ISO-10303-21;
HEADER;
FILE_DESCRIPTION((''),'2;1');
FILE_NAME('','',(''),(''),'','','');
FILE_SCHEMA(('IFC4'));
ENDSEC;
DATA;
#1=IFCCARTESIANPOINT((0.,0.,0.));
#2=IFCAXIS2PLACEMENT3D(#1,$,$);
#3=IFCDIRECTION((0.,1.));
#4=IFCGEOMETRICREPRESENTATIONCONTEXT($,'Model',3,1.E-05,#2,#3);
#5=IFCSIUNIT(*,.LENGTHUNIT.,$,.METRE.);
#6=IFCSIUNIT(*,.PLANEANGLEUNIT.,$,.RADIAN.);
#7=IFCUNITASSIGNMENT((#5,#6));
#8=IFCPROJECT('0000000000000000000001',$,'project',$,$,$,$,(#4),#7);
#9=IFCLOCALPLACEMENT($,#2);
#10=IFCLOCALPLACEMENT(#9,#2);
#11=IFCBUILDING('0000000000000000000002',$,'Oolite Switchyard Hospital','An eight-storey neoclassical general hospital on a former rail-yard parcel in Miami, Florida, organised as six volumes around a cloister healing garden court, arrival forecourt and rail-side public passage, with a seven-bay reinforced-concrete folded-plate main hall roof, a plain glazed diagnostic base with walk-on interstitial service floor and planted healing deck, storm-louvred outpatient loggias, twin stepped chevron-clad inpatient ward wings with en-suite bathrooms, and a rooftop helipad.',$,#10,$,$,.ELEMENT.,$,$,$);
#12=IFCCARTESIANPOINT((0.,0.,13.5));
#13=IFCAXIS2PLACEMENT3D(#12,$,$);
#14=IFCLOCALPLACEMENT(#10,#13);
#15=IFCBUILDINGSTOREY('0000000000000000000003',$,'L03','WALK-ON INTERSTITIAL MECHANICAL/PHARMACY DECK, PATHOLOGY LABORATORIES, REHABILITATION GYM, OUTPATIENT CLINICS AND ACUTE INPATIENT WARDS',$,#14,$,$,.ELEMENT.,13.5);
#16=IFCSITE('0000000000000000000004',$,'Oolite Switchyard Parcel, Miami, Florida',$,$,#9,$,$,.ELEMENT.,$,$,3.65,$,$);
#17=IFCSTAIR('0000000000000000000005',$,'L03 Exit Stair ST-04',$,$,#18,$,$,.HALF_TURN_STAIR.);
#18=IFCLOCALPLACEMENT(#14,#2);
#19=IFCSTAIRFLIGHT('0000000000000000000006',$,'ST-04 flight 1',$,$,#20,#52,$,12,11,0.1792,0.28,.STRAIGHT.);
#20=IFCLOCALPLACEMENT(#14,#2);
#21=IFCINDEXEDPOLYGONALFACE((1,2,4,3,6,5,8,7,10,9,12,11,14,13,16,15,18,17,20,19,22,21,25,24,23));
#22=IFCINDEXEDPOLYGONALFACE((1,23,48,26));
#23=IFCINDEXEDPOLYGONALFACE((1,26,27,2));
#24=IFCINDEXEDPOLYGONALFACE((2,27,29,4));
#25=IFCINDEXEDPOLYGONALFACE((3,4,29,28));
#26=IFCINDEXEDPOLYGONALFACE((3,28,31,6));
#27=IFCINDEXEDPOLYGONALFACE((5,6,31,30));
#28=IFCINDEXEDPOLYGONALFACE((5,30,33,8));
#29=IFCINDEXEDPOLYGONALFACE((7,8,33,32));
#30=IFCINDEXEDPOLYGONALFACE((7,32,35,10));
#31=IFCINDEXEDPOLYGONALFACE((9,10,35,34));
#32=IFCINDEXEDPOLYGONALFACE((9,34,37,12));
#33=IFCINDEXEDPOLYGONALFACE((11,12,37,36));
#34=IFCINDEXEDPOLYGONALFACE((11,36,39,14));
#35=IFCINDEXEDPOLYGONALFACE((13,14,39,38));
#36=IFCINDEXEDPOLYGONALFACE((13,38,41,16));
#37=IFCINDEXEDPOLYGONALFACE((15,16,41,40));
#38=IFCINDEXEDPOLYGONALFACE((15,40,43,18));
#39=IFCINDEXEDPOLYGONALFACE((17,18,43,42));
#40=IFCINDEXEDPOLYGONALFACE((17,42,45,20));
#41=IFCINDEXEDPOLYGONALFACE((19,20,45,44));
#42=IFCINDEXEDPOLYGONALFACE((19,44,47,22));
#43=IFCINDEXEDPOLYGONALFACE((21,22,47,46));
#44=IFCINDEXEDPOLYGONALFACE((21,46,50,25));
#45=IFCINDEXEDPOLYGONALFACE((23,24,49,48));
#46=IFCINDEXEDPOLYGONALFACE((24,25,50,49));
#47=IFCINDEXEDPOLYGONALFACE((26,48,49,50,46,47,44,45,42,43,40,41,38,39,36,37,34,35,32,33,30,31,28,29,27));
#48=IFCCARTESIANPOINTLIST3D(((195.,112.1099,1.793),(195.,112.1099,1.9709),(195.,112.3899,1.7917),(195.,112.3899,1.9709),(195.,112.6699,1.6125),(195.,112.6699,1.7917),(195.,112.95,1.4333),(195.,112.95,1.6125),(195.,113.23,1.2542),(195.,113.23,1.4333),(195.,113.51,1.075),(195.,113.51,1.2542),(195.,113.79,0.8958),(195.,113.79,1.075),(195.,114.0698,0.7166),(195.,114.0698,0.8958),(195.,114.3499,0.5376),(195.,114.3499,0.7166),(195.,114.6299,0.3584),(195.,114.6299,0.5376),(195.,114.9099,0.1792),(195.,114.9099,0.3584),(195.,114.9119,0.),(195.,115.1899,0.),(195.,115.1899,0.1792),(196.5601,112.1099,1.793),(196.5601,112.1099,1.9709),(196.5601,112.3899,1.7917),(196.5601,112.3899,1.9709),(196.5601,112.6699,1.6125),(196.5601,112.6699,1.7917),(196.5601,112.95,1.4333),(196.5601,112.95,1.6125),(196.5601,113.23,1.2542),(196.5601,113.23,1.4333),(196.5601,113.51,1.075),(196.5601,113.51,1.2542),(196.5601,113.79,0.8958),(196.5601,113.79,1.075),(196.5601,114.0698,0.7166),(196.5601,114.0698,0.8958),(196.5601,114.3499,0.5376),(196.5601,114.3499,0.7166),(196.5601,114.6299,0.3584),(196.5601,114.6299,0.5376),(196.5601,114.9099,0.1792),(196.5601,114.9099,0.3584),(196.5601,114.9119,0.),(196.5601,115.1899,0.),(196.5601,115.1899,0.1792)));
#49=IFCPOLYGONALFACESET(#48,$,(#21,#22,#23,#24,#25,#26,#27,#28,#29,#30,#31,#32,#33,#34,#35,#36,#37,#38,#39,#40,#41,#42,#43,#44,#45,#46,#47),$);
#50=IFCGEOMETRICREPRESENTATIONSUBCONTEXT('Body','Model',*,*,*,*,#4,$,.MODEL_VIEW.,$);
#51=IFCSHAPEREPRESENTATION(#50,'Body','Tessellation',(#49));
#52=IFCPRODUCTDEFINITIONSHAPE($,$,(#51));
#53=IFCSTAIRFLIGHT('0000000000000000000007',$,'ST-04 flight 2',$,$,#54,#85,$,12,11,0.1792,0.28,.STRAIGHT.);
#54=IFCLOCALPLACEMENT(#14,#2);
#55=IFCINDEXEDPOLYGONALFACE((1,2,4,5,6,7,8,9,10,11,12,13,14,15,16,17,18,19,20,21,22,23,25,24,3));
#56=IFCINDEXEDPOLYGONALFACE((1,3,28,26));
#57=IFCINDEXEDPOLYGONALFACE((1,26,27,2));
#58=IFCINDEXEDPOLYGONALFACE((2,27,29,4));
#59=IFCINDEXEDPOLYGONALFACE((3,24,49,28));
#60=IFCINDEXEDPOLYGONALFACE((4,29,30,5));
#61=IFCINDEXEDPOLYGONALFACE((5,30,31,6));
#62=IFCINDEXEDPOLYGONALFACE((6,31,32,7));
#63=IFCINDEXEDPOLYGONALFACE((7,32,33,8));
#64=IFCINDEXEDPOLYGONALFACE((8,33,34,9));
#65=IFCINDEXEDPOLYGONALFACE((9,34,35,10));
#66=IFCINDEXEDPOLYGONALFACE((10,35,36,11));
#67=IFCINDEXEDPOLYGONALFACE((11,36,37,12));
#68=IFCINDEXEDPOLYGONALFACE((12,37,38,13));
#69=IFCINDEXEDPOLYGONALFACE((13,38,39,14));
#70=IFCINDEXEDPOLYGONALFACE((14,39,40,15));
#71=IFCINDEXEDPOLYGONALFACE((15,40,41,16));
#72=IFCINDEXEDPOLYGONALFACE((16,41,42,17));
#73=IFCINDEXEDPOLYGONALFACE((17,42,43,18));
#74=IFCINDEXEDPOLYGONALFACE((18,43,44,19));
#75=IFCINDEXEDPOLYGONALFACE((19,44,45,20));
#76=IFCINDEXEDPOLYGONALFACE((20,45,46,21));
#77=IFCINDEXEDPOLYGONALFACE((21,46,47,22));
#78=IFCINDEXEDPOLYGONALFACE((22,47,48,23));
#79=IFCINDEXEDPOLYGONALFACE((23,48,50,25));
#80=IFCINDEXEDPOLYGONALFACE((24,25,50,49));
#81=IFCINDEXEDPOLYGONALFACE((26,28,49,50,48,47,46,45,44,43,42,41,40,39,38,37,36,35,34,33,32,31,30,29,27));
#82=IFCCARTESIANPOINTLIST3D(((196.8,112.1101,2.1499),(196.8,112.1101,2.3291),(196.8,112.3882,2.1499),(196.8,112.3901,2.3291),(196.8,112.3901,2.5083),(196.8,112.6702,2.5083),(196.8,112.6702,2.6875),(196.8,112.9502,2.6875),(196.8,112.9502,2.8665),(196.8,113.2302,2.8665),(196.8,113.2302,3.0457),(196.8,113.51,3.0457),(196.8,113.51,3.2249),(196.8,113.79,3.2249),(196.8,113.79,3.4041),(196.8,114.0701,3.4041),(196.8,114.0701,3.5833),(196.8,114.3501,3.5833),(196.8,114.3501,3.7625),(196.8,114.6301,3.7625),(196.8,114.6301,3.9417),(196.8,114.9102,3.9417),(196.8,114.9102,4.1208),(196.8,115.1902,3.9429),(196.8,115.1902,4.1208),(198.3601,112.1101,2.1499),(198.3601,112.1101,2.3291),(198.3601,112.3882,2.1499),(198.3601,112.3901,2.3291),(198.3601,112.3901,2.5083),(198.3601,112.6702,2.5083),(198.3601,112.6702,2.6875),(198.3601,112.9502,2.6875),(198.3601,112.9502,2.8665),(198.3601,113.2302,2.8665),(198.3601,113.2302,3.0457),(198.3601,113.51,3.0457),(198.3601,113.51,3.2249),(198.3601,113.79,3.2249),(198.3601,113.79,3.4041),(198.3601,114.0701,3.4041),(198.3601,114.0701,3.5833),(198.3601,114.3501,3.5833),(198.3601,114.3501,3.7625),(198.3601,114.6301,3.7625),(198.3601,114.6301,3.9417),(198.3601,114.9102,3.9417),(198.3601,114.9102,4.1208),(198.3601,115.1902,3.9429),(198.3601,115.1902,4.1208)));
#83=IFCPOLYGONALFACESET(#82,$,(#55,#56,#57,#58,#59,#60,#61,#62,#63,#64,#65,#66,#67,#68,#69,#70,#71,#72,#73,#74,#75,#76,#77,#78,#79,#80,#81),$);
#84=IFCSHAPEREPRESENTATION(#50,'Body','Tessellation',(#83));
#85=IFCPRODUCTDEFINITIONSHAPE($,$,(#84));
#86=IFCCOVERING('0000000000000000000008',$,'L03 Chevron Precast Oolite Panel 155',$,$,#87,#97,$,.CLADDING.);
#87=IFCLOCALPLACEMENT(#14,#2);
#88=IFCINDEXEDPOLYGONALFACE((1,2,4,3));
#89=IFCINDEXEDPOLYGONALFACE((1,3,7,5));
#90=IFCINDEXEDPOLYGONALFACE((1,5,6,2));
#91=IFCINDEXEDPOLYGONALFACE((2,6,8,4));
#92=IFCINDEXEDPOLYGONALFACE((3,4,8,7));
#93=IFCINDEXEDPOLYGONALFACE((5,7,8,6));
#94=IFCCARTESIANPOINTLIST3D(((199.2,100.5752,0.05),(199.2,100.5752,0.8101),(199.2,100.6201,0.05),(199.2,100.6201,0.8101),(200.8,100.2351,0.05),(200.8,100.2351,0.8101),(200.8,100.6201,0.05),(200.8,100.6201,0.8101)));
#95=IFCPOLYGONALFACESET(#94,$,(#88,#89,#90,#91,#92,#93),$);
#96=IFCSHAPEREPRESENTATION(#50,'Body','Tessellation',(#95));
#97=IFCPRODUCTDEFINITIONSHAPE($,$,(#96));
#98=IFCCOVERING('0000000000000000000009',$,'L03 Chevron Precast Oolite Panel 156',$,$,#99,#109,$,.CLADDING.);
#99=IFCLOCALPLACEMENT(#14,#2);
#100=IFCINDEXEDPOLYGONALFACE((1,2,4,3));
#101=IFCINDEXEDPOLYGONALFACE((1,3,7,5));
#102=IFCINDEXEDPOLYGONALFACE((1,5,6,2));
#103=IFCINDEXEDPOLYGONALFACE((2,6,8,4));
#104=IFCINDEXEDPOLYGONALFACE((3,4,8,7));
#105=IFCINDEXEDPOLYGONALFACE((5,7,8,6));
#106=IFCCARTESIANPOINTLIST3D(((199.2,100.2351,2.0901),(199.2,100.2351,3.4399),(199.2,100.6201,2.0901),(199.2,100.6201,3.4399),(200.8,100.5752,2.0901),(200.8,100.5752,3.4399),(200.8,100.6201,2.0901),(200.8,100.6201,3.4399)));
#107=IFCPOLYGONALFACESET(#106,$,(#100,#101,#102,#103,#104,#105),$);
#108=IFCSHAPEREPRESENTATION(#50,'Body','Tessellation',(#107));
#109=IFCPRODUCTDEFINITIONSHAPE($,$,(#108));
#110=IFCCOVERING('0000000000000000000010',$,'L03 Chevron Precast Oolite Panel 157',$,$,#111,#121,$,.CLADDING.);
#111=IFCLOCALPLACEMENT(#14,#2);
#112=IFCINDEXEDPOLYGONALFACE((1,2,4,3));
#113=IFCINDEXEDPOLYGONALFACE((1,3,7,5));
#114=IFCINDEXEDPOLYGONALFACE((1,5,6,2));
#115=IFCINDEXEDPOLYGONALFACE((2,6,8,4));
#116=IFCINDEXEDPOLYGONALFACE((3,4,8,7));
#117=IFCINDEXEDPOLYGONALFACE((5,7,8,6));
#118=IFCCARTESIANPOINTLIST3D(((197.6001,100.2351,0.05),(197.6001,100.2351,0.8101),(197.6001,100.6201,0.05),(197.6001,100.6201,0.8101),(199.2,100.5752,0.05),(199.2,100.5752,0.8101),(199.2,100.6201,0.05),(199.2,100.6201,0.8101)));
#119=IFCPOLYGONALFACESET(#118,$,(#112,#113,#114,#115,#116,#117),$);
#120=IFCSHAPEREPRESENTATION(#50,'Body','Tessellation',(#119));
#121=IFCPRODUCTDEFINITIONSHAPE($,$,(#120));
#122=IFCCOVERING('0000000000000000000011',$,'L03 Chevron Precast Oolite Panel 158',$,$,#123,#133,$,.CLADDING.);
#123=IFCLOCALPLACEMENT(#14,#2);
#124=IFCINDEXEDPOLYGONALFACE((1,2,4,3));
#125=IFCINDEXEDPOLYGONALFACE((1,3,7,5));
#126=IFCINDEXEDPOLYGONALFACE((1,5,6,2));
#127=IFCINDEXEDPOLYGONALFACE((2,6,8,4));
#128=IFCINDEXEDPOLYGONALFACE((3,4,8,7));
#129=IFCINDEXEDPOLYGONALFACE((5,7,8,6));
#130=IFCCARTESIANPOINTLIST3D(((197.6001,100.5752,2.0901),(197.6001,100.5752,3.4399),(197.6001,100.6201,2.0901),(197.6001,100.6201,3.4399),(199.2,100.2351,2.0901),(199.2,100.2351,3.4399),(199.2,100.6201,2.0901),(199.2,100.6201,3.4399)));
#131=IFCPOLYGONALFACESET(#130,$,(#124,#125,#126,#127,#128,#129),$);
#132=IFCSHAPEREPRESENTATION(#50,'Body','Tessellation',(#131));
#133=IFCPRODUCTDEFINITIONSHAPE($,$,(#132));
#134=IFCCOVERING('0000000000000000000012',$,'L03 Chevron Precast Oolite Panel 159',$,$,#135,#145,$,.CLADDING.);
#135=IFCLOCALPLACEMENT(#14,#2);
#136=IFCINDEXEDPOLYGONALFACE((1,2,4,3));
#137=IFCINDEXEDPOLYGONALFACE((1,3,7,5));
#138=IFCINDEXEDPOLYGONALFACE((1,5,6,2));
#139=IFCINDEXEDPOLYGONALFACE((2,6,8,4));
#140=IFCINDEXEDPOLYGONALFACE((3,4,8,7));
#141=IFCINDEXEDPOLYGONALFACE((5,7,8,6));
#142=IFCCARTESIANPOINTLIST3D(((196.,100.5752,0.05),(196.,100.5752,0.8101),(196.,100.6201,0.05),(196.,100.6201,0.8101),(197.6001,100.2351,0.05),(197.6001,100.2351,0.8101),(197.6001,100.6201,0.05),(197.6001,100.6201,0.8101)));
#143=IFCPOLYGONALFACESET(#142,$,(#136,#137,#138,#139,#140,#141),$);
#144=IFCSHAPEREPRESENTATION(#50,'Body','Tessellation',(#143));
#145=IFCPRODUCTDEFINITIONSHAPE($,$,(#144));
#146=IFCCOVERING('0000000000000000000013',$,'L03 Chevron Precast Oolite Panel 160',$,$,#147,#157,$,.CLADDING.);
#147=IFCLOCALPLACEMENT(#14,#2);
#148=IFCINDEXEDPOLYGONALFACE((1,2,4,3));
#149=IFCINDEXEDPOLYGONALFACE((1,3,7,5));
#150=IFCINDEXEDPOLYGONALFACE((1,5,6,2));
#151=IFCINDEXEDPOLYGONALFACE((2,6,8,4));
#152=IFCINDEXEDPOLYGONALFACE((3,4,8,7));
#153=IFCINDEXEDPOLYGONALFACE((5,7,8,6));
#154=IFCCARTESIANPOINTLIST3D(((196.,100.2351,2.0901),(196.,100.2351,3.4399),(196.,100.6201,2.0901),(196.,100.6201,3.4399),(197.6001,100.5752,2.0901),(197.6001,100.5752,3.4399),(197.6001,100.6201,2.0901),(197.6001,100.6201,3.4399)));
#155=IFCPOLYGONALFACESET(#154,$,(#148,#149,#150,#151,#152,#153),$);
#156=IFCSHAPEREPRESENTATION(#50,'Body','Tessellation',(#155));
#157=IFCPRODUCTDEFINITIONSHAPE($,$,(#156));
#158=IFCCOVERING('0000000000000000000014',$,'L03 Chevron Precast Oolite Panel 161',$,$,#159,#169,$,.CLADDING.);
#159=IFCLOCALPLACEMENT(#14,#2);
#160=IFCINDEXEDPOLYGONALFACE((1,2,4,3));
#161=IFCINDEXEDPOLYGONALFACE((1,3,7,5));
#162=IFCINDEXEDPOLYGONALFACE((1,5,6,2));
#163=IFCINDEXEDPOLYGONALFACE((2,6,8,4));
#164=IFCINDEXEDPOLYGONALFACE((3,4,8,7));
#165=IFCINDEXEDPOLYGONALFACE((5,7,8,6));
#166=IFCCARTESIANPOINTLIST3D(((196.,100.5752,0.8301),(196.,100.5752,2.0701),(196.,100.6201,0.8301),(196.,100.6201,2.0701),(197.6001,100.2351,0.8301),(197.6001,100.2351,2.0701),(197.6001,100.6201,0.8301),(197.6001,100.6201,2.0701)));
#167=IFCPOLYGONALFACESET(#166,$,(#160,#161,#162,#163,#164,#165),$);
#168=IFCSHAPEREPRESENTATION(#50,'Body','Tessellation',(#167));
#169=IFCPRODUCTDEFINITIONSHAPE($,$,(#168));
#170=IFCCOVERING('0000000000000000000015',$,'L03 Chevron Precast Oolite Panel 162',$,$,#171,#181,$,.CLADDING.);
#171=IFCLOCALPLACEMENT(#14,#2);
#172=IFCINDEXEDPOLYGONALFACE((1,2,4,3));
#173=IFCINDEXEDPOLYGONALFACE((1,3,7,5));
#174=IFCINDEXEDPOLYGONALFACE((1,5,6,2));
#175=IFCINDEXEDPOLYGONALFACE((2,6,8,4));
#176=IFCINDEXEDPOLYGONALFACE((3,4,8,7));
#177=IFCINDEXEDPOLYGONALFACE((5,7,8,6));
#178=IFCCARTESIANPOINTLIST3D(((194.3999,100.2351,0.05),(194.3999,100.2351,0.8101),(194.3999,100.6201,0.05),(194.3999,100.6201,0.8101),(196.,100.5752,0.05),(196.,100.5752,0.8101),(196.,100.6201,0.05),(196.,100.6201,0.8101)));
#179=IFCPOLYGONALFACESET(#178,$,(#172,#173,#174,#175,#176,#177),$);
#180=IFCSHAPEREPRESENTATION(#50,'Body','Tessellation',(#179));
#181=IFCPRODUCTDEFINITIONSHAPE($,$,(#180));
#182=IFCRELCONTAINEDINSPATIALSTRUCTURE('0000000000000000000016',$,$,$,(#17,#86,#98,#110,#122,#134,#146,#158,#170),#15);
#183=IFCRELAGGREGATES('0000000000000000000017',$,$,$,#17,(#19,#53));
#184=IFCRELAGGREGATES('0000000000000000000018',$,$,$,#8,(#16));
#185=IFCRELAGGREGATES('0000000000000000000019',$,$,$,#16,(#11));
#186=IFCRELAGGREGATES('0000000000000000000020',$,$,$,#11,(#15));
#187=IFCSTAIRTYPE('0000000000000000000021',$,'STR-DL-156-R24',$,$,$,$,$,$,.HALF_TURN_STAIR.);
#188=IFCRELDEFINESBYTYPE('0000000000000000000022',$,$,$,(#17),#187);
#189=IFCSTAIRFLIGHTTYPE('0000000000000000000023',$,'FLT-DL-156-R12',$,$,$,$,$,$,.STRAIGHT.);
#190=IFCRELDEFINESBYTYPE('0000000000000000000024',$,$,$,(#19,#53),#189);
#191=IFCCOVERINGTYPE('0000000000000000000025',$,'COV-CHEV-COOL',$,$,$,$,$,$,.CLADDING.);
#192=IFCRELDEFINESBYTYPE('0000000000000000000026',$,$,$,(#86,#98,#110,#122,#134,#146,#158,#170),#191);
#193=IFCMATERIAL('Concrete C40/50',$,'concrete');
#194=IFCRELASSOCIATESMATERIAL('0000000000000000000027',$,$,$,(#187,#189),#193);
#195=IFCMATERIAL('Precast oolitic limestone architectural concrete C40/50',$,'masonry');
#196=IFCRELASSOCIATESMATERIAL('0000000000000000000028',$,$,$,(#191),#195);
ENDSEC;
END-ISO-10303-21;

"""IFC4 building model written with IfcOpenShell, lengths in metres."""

from ifc_helpers import new_model, si_unit, direction, frame, origin, place, context, subcontext, project, spatial, polyline, outline, extrude, material, type_object, element, aggregate, save


model = new_model("IFC4")

# Units and contexts
model_context = context("Model", 3, precision=1e-05, world=origin(), true_north=direction((0.0, 1.0)))
body_context = subcontext(model_context, "Body", "Model", "MODEL_VIEW")
ifc_project = project(units=[si_unit("LENGTHUNIT", "METRE"), si_unit("PLANEANGLEUNIT", "RADIAN")], contexts=[model_context])

# Site, building, storey
site_placement = place(None, origin())
site = spatial("IfcSite", under=ifc_project, at=site_placement, Name="Oolite Switchyard Parcel, Miami, Florida", CompositionType="ELEMENT", RefElevation=3.65)
building_placement = place(site_placement, origin())
building = spatial("IfcBuilding", under=site, at=building_placement, Name="Oolite Switchyard Hospital", Description="An eight-storey neoclassical general hospital on a former rail-yard parcel in Miami, Florida, organised as six volumes around a cloister healing garden court, arrival forecourt and rail-side public passage, with a seven-bay reinforced-concrete folded-plate main hall roof, a plain glazed diagnostic base with walk-on interstitial service floor and planted healing deck, storm-louvred outpatient loggias, twin stepped chevron-clad inpatient ward wings with en-suite bathrooms, and a rooftop helipad.", CompositionType="ELEMENT")
storey_placement = place(building_placement, frame((0.0, 0.0, 13.5)))
storey = spatial("IfcBuildingStorey", under=building, at=storey_placement, Name="L03", Description="WALK-ON INTERSTITIAL MECHANICAL/PHARMACY DECK, PATHOLOGY LABORATORIES, REHABILITATION GYM, OUTPATIENT CLINICS AND ACUTE INPATIENT WARDS", CompositionType="ELEMENT", Elevation=13.5)

# Shared definitions
ifc_material_1 = material(Name="Concrete C40/50", Category="concrete")

# Stair, stair flights
stair_type = type_object("IfcStairType", Name="STR-DL-156-R24", PredefinedType="HALF_TURN_STAIR", material=ifc_material_1)
stair_placement = place(storey_placement, origin())
stair = element("IfcStair", 1, at=stair_placement, inside=storey, type_object=stair_type, Name="L03 Exit Stair ST-04", PredefinedType="HALF_TURN_STAIR")
stair_flight_type = type_object("IfcStairFlightType", Name="FLT-DL-156-R12", PredefinedType="STRAIGHT", material=ifc_material_1)
stair_flight_1_placement = place(storey_placement, frame((195.78, 115.1899, 0.0), z_axis=(0.0, 0.0, 1.0), x_axis=(0.0, -1.0, 0.0)))
stair_flight_1 = element("IfcStairFlight", 2, at=stair_flight_1_placement, type_object=stair_flight_type, Name="ST-04 flight 1", NumberOfRisers=12, NumberOfTreads=11, PredefinedType="STRAIGHT", RiserHeight=0.1792, TreadLength=0.28, context=body_context, shape_type="SweptSolid", body=[
    extrude(outline(polyline([(0.0, 0.0), (0.0, 0.1792), (0.28, 0.1792), (0.28, 0.3584), (0.5601, 0.3584), (0.5601, 0.5376), (0.8401, 0.5376), (0.8401, 0.7166), (1.1201, 0.7166), (1.1201, 0.8958), (1.3999, 0.8958), (1.3999, 1.075), (1.6799, 1.075), (1.6799, 1.2542), (1.96, 1.2542), (1.96, 1.4333), (2.24, 1.4333), (2.24, 1.6125), (2.52, 1.6125), (2.52, 1.7917), (2.8, 1.7917), (2.8, 1.9709), (3.0801, 1.9709), (3.0801, 2.1499), (3.0801, 1.793), (0.2781, 0.0), (0.0, 0.0)])), frame((0.0, 0.78, 0.0), z_axis=(0.0, -1.0, 0.0), x_axis=(1.0, 0.0, 0.0)), (0.0, 0.0, 1.0), 1.5601),
])
stair_flight_2_placement = place(storey_placement, frame((197.5801, 112.1101, 2.1499), z_axis=(0.0, 0.0, 1.0), x_axis=(0.0, 1.0, 0.0)))
stair_flight_2 = element("IfcStairFlight", 3, at=stair_flight_2_placement, type_object=stair_flight_type, Name="ST-04 flight 2", NumberOfRisers=12, NumberOfTreads=11, PredefinedType="STRAIGHT", RiserHeight=0.1792, TreadLength=0.28, context=body_context, shape_type="SweptSolid", body=[
    extrude(outline(polyline([(0.0, 0.0), (0.0, 0.1792), (0.28, 0.1792), (0.28, 0.3584), (0.5601, 0.3584), (0.5601, 0.5376), (0.8401, 0.5376), (0.8401, 0.7166), (1.1201, 0.7166), (1.1201, 0.8958), (1.3999, 0.8958), (1.3999, 1.075), (1.6799, 1.075), (1.6799, 1.2542), (1.96, 1.2542), (1.96, 1.4333), (2.24, 1.4333), (2.24, 1.6125), (2.52, 1.6125), (2.52, 1.7917), (2.8, 1.7917), (2.8, 1.9709), (3.0801, 1.9709), (3.0801, 2.1499), (3.0801, 1.793), (0.2781, 0.0), (0.0, 0.0)])), frame((0.0, 0.78, 0.0), z_axis=(0.0, -1.0, 0.0), x_axis=(1.0, 0.0, 0.0)), (0.0, 0.0, 1.0), 1.5601),
])
aggregate(stair, [stair_flight_1, stair_flight_2])

# Coverings
ifc_material_2 = material(Name="Precast oolitic limestone architectural concrete C40/50", Category="masonry")
covering_type = type_object("IfcCoveringType", Name="COV-CHEV-COOL", PredefinedType="CLADDING", material=ifc_material_2)
covering_1_placement = place(storey_placement, frame((200.8, 100.6201, 0.05), z_axis=(0.0, 0.0, 1.0), x_axis=(-1.0, 0.0, 0.0)))
element("IfcCovering", 4, at=covering_1_placement, inside=storey, type_object=covering_type, Name="L03 Chevron Precast Oolite Panel 155", PredefinedType="CLADDING", context=body_context, shape_type="SweptSolid", body=[
    extrude(outline(polyline([(0.0, 0.0), (1.6001, 0.0), (1.6001, 0.0449), (0.0, 0.385), (0.0, 0.0)])), origin(), (0.0, 0.0, 1.0), 0.76),
])
covering_2_placement = place(storey_placement, frame((200.8, 100.6201, 2.0901), z_axis=(0.0, 0.0, 1.0), x_axis=(-1.0, 0.0, 0.0)))
element("IfcCovering", 5, at=covering_2_placement, inside=storey, type_object=covering_type, Name="L03 Chevron Precast Oolite Panel 156", PredefinedType="CLADDING", context=body_context, shape_type="SweptSolid", body=[
    extrude(outline(polyline([(0.0, 0.0), (1.6001, 0.0), (1.6001, 0.385), (0.0, 0.0449), (0.0, 0.0)])), origin(), (0.0, 0.0, 1.0), 1.3499),
])
covering_3_placement = place(storey_placement, frame((199.2, 100.6201, 0.05), z_axis=(0.0, 0.0, 1.0), x_axis=(-1.0, 0.0, 0.0)))
element("IfcCovering", 6, at=covering_3_placement, inside=storey, type_object=covering_type, Name="L03 Chevron Precast Oolite Panel 157", PredefinedType="CLADDING", context=body_context, shape_type="SweptSolid", body=[
    extrude(outline(polyline([(0.0, 0.0), (1.5999, 0.0), (1.5999, 0.385), (0.0, 0.0449), (0.0, 0.0)])), origin(), (0.0, 0.0, 1.0), 0.76),
])
covering_4_placement = place(storey_placement, frame((199.2, 100.6201, 2.0901), z_axis=(0.0, 0.0, 1.0), x_axis=(-1.0, 0.0, 0.0)))
element("IfcCovering", 7, at=covering_4_placement, inside=storey, type_object=covering_type, Name="L03 Chevron Precast Oolite Panel 158", PredefinedType="CLADDING", context=body_context, shape_type="SweptSolid", body=[
    extrude(outline(polyline([(0.0, 0.0), (1.5999, 0.0), (1.5999, 0.0449), (0.0, 0.385), (0.0, 0.0)])), origin(), (0.0, 0.0, 1.0), 1.3499),
])
covering_5_placement = place(storey_placement, frame((197.6001, 100.6201, 0.05), z_axis=(0.0, 0.0, 1.0), x_axis=(-1.0, 0.0, 0.0)))
element("IfcCovering", 8, at=covering_5_placement, inside=storey, type_object=covering_type, Name="L03 Chevron Precast Oolite Panel 159", PredefinedType="CLADDING", context=body_context, shape_type="SweptSolid", body=[
    extrude(outline(polyline([(0.0, 0.0), (1.6001, 0.0), (1.6001, 0.0449), (0.0, 0.385), (0.0, 0.0)])), origin(), (0.0, 0.0, 1.0), 0.76),
])
covering_6_placement = place(storey_placement, frame((197.6001, 100.6201, 2.0901), z_axis=(0.0, 0.0, 1.0), x_axis=(-1.0, 0.0, 0.0)))
element("IfcCovering", 9, at=covering_6_placement, inside=storey, type_object=covering_type, Name="L03 Chevron Precast Oolite Panel 160", PredefinedType="CLADDING", context=body_context, shape_type="SweptSolid", body=[
    extrude(outline(polyline([(0.0, 0.0), (1.6001, 0.0), (1.6001, 0.385), (0.0, 0.0449), (0.0, 0.0)])), origin(), (0.0, 0.0, 1.0), 1.3499),
])
covering_7_placement = place(storey_placement, frame((197.6001, 100.6201, 0.8301), z_axis=(0.0, 0.0, 1.0), x_axis=(-1.0, 0.0, 0.0)))
element("IfcCovering", 10, at=covering_7_placement, inside=storey, type_object=covering_type, Name="L03 Chevron Precast Oolite Panel 161", PredefinedType="CLADDING", context=body_context, shape_type="SweptSolid", body=[
    extrude(outline(polyline([(0.0, 0.0), (1.6001, 0.0), (1.6001, 0.0449), (0.0, 0.385), (0.0, 0.0)])), origin(), (0.0, 0.0, 1.0), 1.24),
])
covering_8_placement = place(storey_placement, frame((196.0, 100.6201, 0.05), z_axis=(0.0, 0.0, 1.0), x_axis=(-1.0, 0.0, 0.0)))
element("IfcCovering", 11, at=covering_8_placement, inside=storey, type_object=covering_type, Name="L03 Chevron Precast Oolite Panel 162", PredefinedType="CLADDING", context=body_context, shape_type="SweptSolid", body=[
    extrude(outline(polyline([(0.0, 0.0), (1.6001, 0.0), (1.6001, 0.385), (0.0, 0.0449), (0.0, 0.0)])), origin(), (0.0, 0.0, 1.0), 0.76),
])

save(model, "model.ifc")
